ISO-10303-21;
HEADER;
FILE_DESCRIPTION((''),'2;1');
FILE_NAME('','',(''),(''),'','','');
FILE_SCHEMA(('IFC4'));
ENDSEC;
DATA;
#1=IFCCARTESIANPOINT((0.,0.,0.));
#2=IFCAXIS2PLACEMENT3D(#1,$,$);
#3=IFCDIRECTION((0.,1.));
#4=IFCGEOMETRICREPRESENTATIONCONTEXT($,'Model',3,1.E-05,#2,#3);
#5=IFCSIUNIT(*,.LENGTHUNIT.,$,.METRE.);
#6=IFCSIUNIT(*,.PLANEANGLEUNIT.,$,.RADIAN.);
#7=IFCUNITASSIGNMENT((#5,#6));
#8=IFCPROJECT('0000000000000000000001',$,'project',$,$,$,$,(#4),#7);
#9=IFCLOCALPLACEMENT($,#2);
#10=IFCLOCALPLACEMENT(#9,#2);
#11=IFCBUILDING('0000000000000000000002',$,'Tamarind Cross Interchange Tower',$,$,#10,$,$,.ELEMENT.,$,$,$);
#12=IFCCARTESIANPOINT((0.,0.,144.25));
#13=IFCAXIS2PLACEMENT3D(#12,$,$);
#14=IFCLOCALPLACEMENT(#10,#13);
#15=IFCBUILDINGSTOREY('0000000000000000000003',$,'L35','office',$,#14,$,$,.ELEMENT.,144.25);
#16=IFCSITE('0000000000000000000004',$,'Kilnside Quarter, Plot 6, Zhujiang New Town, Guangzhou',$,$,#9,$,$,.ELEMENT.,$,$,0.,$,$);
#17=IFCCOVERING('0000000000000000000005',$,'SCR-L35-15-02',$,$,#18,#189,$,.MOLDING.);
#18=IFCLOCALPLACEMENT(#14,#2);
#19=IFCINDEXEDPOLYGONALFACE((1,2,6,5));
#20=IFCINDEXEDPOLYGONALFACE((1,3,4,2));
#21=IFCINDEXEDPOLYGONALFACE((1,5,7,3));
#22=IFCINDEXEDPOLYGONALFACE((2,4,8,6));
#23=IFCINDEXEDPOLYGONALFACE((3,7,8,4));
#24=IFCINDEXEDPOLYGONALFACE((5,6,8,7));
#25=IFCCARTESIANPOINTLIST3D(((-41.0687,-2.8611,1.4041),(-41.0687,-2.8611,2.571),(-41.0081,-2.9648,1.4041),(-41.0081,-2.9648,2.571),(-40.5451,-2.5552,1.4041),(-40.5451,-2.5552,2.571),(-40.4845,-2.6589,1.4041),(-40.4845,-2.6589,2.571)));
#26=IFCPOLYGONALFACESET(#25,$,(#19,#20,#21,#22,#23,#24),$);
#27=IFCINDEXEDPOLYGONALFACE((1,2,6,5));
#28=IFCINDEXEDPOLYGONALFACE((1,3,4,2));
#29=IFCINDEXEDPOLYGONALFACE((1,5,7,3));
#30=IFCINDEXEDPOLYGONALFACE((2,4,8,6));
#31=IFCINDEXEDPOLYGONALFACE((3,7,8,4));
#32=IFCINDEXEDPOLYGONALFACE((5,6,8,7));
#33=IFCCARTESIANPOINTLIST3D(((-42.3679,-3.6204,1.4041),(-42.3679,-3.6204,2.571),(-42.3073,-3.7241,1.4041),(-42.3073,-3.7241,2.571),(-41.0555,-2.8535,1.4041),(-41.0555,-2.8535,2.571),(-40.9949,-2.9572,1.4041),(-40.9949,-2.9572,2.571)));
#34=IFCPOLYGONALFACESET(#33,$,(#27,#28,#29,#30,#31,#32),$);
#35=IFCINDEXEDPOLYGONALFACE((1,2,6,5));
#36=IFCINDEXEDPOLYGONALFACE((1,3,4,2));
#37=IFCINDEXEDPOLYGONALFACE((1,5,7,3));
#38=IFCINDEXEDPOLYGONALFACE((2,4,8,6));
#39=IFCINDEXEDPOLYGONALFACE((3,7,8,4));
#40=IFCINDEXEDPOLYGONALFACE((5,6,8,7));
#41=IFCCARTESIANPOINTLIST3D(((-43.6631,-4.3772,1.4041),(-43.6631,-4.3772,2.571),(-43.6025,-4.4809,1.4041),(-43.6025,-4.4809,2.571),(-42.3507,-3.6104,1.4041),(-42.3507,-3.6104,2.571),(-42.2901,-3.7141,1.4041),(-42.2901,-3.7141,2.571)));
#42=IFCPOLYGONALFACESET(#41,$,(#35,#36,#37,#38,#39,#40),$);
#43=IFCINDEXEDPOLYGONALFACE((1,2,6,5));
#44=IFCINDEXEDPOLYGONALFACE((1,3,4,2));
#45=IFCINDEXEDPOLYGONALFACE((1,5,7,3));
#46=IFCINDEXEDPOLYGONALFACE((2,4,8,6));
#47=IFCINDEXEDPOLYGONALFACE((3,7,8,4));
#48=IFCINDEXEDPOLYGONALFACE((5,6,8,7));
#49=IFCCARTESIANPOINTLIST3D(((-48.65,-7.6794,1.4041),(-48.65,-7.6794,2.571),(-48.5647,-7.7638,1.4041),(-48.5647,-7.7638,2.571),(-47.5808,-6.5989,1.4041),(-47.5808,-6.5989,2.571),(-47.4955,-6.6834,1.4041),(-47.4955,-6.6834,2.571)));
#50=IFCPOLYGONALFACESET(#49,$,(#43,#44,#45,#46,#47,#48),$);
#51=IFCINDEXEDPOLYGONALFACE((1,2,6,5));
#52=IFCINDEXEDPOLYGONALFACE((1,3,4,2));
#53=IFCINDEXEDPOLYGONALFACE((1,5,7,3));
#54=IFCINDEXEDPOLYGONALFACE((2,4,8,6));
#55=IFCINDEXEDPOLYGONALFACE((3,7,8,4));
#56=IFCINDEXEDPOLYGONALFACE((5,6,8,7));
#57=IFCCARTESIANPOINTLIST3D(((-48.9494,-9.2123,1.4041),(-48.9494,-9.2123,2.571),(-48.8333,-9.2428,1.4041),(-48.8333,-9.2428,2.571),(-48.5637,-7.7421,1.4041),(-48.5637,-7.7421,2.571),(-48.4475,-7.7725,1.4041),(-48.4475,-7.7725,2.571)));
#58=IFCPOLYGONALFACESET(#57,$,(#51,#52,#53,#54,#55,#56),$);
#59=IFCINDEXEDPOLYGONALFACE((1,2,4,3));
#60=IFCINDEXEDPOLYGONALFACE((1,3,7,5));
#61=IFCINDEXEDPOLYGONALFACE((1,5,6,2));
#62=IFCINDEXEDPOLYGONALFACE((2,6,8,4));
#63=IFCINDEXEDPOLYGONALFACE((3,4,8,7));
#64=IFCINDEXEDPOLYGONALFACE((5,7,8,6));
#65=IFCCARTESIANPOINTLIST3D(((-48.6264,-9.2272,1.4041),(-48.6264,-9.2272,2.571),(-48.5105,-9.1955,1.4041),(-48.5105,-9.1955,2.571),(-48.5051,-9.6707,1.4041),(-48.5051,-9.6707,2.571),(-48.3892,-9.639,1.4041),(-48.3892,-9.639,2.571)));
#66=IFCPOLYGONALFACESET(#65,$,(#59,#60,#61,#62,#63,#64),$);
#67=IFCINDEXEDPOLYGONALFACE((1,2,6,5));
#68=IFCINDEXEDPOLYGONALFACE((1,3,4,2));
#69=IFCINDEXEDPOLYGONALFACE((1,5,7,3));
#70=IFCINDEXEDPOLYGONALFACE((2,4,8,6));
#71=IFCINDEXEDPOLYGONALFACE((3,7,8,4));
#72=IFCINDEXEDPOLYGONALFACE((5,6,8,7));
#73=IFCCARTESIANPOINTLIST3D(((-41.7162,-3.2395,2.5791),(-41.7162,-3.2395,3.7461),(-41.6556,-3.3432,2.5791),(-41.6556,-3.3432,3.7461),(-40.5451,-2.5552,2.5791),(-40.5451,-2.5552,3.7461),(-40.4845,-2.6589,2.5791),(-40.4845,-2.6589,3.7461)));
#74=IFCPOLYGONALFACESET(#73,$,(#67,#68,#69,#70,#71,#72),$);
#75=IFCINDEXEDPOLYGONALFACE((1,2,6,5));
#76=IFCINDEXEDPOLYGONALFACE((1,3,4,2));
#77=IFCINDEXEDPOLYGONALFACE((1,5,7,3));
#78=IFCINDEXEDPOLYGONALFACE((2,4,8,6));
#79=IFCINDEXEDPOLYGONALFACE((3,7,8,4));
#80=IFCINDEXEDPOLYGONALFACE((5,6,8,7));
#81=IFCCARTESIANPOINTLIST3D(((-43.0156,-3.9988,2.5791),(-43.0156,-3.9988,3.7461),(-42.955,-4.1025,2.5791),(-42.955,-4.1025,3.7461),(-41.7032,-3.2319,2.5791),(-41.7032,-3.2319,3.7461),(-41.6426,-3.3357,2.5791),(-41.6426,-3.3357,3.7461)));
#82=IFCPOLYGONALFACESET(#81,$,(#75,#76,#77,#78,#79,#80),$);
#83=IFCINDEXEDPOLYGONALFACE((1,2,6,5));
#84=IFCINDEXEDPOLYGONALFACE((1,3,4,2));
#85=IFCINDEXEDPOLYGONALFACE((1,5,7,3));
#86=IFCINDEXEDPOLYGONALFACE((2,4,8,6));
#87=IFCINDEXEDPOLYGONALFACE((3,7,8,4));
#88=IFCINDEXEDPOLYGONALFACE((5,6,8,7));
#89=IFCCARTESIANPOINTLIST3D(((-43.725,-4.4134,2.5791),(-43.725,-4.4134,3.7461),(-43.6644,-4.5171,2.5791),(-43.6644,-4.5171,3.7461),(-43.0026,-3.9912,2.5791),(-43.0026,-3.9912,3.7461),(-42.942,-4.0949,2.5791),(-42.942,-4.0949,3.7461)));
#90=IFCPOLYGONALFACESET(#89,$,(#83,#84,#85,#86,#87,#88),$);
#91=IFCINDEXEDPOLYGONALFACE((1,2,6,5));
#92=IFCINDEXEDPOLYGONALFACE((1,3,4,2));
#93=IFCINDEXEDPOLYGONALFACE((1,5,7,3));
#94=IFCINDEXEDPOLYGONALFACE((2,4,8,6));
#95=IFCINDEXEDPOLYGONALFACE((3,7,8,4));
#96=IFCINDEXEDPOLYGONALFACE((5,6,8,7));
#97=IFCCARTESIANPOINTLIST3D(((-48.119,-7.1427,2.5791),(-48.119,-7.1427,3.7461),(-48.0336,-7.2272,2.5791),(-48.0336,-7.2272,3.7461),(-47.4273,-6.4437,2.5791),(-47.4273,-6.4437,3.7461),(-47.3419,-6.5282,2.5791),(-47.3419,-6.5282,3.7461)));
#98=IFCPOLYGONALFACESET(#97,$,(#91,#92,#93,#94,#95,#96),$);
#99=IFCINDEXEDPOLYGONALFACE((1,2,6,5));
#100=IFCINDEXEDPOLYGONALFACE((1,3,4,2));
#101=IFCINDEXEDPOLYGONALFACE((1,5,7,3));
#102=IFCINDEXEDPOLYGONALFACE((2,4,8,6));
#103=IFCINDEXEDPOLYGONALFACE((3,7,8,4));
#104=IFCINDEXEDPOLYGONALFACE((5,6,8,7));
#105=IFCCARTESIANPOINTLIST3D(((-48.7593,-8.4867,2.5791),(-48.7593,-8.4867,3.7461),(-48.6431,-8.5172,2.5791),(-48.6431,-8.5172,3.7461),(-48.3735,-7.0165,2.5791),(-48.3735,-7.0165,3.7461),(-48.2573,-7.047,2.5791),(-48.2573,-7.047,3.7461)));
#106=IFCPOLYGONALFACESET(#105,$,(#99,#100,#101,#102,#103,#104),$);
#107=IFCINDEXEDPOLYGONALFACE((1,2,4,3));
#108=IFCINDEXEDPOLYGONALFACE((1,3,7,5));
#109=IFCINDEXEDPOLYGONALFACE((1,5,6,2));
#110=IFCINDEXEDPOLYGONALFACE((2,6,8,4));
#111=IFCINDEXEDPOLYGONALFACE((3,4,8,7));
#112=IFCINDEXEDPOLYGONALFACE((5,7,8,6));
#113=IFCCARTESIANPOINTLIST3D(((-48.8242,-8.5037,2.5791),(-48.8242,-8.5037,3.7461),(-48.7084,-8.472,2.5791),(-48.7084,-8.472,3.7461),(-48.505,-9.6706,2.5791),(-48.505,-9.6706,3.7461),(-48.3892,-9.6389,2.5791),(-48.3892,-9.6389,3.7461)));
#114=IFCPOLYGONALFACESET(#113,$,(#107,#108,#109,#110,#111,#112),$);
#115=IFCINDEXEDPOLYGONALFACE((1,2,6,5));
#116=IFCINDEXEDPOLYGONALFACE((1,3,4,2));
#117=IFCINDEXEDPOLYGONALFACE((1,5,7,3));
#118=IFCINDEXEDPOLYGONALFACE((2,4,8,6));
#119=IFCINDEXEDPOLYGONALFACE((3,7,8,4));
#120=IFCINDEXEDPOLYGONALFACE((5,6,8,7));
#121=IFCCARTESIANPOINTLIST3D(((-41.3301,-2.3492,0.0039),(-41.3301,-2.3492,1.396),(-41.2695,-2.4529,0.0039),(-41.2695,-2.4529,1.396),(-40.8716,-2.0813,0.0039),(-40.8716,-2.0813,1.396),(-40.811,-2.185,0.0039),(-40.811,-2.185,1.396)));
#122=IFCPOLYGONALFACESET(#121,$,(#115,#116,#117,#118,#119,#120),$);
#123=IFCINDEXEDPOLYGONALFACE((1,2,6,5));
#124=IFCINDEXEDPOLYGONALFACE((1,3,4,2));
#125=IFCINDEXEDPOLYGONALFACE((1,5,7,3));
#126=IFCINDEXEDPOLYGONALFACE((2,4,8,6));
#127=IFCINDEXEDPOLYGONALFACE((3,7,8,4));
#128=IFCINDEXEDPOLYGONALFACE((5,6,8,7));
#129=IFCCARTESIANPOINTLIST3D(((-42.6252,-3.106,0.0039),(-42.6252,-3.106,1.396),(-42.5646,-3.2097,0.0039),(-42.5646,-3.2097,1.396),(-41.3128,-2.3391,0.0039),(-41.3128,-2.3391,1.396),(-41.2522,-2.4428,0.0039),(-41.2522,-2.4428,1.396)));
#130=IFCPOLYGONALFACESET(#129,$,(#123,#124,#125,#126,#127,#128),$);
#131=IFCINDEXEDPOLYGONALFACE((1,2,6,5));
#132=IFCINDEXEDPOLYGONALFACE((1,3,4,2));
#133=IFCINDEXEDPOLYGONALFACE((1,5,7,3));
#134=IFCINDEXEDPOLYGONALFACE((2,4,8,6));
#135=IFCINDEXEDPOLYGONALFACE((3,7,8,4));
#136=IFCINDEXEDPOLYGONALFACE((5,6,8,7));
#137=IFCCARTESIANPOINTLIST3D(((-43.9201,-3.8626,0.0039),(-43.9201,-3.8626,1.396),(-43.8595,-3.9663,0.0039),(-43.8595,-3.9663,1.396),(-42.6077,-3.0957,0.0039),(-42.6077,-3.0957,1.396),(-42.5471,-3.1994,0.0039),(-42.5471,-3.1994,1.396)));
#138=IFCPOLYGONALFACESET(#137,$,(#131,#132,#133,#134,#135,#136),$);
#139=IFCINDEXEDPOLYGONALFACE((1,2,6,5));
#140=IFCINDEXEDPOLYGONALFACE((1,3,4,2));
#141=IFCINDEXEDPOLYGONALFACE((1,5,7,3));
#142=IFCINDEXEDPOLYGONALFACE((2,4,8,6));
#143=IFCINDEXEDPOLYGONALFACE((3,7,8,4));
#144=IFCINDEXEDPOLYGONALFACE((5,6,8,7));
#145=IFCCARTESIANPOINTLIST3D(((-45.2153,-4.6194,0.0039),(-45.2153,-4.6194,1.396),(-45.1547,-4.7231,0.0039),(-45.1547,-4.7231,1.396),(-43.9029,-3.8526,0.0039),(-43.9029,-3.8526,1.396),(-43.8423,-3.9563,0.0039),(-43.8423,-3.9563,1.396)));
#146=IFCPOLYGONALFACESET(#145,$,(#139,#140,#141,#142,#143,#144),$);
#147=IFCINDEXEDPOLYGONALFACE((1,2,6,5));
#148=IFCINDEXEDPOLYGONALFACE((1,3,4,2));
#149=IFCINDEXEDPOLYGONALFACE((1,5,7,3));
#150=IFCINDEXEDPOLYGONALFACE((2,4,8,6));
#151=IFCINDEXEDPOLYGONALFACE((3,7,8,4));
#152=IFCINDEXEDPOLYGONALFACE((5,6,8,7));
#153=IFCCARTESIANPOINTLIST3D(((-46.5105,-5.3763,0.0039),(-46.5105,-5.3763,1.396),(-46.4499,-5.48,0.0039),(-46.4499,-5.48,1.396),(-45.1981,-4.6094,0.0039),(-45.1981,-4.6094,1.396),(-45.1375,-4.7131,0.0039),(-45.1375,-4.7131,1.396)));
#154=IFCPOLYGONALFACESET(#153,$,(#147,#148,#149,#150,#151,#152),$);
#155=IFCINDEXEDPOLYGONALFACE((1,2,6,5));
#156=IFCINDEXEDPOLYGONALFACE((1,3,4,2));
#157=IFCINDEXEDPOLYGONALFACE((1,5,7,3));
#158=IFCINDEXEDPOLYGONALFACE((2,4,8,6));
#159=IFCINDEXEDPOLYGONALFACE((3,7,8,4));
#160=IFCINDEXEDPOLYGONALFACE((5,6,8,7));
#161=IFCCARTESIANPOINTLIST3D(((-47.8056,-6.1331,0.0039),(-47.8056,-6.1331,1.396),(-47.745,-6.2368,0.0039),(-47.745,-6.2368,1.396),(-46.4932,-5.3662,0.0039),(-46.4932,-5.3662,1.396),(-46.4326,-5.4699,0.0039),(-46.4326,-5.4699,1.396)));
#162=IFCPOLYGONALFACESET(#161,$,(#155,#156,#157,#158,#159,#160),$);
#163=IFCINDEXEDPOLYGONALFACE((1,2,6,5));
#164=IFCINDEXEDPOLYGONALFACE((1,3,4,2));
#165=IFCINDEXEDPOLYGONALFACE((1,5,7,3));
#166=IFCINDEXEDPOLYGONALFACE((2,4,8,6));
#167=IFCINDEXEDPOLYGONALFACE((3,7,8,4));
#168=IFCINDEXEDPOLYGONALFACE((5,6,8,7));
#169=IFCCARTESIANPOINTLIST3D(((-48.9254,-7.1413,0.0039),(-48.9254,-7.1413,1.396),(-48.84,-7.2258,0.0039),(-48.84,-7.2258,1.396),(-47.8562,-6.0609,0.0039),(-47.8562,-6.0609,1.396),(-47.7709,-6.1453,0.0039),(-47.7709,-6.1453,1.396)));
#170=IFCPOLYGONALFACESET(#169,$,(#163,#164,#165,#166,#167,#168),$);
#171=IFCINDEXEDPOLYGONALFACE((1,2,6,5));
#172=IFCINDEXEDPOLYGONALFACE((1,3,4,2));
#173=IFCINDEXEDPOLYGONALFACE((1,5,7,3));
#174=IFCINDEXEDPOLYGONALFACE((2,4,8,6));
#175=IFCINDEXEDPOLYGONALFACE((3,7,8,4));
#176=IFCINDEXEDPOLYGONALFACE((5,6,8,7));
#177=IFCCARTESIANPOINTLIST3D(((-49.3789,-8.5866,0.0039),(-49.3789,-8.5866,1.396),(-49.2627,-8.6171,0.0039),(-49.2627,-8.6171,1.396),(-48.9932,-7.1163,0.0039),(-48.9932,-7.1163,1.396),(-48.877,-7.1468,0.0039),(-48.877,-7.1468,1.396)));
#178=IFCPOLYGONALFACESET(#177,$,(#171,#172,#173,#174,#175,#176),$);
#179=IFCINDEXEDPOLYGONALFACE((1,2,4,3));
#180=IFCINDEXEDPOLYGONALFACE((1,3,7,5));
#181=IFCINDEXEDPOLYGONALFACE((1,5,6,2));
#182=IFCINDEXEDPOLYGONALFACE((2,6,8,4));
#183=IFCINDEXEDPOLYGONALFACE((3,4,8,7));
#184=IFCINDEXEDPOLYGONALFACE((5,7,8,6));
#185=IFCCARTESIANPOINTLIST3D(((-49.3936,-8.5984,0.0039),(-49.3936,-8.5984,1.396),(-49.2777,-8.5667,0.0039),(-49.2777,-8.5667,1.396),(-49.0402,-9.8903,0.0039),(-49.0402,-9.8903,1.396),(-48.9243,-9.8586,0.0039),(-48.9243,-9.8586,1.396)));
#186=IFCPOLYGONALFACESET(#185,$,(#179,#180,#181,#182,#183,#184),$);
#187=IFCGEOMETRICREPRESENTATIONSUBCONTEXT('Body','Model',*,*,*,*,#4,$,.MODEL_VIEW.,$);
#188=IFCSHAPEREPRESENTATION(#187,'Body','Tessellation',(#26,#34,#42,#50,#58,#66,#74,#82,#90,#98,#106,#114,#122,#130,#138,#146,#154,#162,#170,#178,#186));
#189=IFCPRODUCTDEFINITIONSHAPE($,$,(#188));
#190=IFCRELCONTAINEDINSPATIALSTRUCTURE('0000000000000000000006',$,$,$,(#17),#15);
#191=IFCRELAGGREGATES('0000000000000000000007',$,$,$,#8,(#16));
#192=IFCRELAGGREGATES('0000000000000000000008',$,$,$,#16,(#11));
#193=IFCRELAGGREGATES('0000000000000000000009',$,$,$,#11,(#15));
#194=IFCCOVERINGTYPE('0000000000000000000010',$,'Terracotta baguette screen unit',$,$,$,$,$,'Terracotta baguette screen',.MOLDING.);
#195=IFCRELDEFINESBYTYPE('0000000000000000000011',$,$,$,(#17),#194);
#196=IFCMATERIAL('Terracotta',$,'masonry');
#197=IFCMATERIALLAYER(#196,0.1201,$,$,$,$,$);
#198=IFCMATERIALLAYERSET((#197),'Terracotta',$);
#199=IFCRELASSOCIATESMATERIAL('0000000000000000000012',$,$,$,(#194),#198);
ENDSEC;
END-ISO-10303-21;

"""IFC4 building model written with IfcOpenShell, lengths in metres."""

from ifc_helpers import new_model, si_unit, direction, frame, origin, origin_2d, place, context, subcontext, project, spatial, rectangle, extrude, material, layer, layer_set, type_object, element, save


model = new_model("IFC4")

# Units and contexts
model_context = context("Model", 3, precision=1e-05, world=origin(), true_north=direction((0.0, 1.0)))
body_context = subcontext(model_context, "Body", "Model", "MODEL_VIEW")
ifc_project = project(units=[si_unit("LENGTHUNIT", "METRE"), si_unit("PLANEANGLEUNIT", "RADIAN")], contexts=[model_context])

# Site, building, storey
site_placement = place(None, origin())
site = spatial("IfcSite", under=ifc_project, at=site_placement, Name="Kilnside Quarter, Plot 6, Zhujiang New Town, Guangzhou", CompositionType="ELEMENT", RefElevation=0.0)
building_placement = place(site_placement, origin())
building = spatial("IfcBuilding", under=site, at=building_placement, Name="Tamarind Cross Interchange Tower", CompositionType="ELEMENT")
storey_placement = place(building_placement, frame((0.0, 0.0, 144.25)))
storey = spatial("IfcBuildingStorey", under=building, at=storey_placement, Name="L35", Description="office", CompositionType="ELEMENT", Elevation=144.25)

# Covering
ifc_material_1 = material(Name="Terracotta", Category="masonry")
ifc_layer_1 = layer(ifc_material_1, 0.1201)
ifc_layer_set_1 = layer_set([ifc_layer_1], Name="Terracotta")
covering_type = type_object("IfcCoveringType", Name="Terracotta baguette screen unit", ElementType="Terracotta baguette screen", PredefinedType="MOLDING", material=ifc_layer_set_1)
covering_1_placement = place(storey_placement, origin())
element("IfcCovering", 1, at=covering_1_placement, inside=storey, type_object=covering_type, Name="SCR-L35-15-02", PredefinedType="MOLDING", context=body_context, shape_type="SweptSolid", body=[
    extrude(rectangle(XDim=0.6064, YDim=0.1201, at=origin_2d()), frame((-40.7766, -2.76, 1.4041), z_axis=(0.0, 0.0, 1.0), x_axis=(-0.863403, -0.504516, 0.0)), (0.0, 0.0, 1.0), 1.167),
    extrude(rectangle(XDim=1.52, YDim=0.1201, at=origin_2d()), frame((-41.6814, -3.2888, 1.4041), z_axis=(0.0, 0.0, 1.0), x_axis=(-0.863403, -0.504516, 0.0)), (0.0, 0.0, 1.0), 1.167),
    extrude(rectangle(XDim=1.52, YDim=0.1201, at=origin_2d()), frame((-42.9766, -4.0457, 1.4041), z_axis=(0.0, 0.0, 1.0), x_axis=(-0.863403, -0.504516, 0.0)), (0.0, 0.0, 1.0), 1.167),
    extrude(rectangle(XDim=1.52, YDim=0.1201, at=origin_2d()), frame((-48.0728, -7.1814, 1.4041), z_axis=(0.0, 0.0, 1.0), x_axis=(-0.703405, -0.71079, 0.0)), (0.0, 0.0, 1.0), 1.167),
    extrude(rectangle(XDim=1.52, YDim=0.1201, at=origin_2d()), frame((-48.6985, -8.4924, 1.4041), z_axis=(0.0, 0.0, 1.0), x_axis=(-0.253771, -0.967264, 0.0)), (0.0, 0.0, 1.0), 1.167),
    extrude(rectangle(XDim=0.4597, YDim=0.1201, at=origin_2d()), frame((-48.5078, -9.4331, 1.4041), z_axis=(0.0, 0.0, 1.0), x_axis=(0.26386, -0.964561, 0.0)), (0.0, 0.0, 1.0), 1.167),
    extrude(rectangle(XDim=1.3564, YDim=0.1201, at=origin_2d()), frame((-41.1003, -2.9492, 2.5791), z_axis=(0.0, 0.0, 1.0), x_axis=(-0.863403, -0.504516, 0.0)), (0.0, 0.0, 1.0), 1.167),
    extrude(rectangle(XDim=1.52, YDim=0.1201, at=origin_2d()), frame((-42.3291, -3.6672, 2.5791), z_axis=(0.0, 0.0, 1.0), x_axis=(-0.863403, -0.504516, 0.0)), (0.0, 0.0, 1.0), 1.167),
    extrude(rectangle(XDim=0.8367, YDim=0.1201, at=origin_2d()), frame((-43.3335, -4.2542, 2.5791), z_axis=(0.0, 0.0, 1.0), x_axis=(-0.863403, -0.504516, 0.0)), (0.0, 0.0, 1.0), 1.167),
    extrude(rectangle(XDim=0.9834, YDim=0.1201, at=origin_2d()), frame((-47.7305, -6.8354, 2.5791), z_axis=(0.0, 0.0, 1.0), x_axis=(-0.703405, -0.71079, 0.0)), (0.0, 0.0, 1.0), 1.167),
    extrude(rectangle(XDim=1.52, YDim=0.1201, at=origin_2d()), frame((-48.5083, -7.7668, 2.5791), z_axis=(0.0, 0.0, 1.0), x_axis=(-0.253771, -0.967264, 0.0)), (0.0, 0.0, 1.0), 1.167),
    extrude(rectangle(XDim=1.2097, YDim=0.1201, at=origin_2d()), frame((-48.6067, -9.0713, 2.5791), z_axis=(0.0, 0.0, 1.0), x_axis=(0.26386, -0.964561, 0.0)), (0.0, 0.0, 1.0), 1.167),
    extrude(rectangle(XDim=0.531, YDim=0.1201, at=origin_2d()), frame((-41.0706, -2.2671, 0.0039), z_axis=(0.0, 0.0, 1.0), x_axis=(-0.863403, -0.504516, 0.0)), (0.0, 0.0, 1.0), 1.3921),
    extrude(rectangle(XDim=1.52, YDim=0.1201, at=origin_2d()), frame((-41.9387, -2.7744, 0.0039), z_axis=(0.0, 0.0, 1.0), x_axis=(-0.863403, -0.504516, 0.0)), (0.0, 0.0, 1.0), 1.3921),
    extrude(rectangle(XDim=1.52, YDim=0.1201, at=origin_2d()), frame((-43.2336, -3.531, 0.0039), z_axis=(0.0, 0.0, 1.0), x_axis=(-0.863403, -0.504516, 0.0)), (0.0, 0.0, 1.0), 1.3921),
    extrude(rectangle(XDim=1.52, YDim=0.1201, at=origin_2d()), frame((-44.5288, -4.2878, 0.0039), z_axis=(0.0, 0.0, 1.0), x_axis=(-0.863403, -0.504516, 0.0)), (0.0, 0.0, 1.0), 1.3921),
    extrude(rectangle(XDim=1.52, YDim=0.1201, at=origin_2d()), frame((-45.824, -5.0447, 0.0039), z_axis=(0.0, 0.0, 1.0), x_axis=(-0.863403, -0.504516, 0.0)), (0.0, 0.0, 1.0), 1.3921),
    extrude(rectangle(XDim=1.52, YDim=0.1201, at=origin_2d()), frame((-47.1191, -5.8015, 0.0039), z_axis=(0.0, 0.0, 1.0), x_axis=(-0.863403, -0.504516, 0.0)), (0.0, 0.0, 1.0), 1.3921),
    extrude(rectangle(XDim=1.52, YDim=0.1201, at=origin_2d()), frame((-48.3481, -6.6433, 0.0039), z_axis=(0.0, 0.0, 1.0), x_axis=(-0.703405, -0.71079, 0.0)), (0.0, 0.0, 1.0), 1.3921),
    extrude(rectangle(XDim=1.52, YDim=0.1201, at=origin_2d()), frame((-49.1279, -7.8667, 0.0039), z_axis=(0.0, 0.0, 1.0), x_axis=(-0.253771, -0.967264, 0.0)), (0.0, 0.0, 1.0), 1.3921),
    extrude(rectangle(XDim=1.3394, YDim=0.1201, at=origin_2d()), frame((-49.1589, -9.2285, 0.0039), z_axis=(0.0, 0.0, 1.0), x_axis=(0.26386, -0.964561, 0.0)), (0.0, 0.0, 1.0), 1.3921),
])

save(model, "model.ifc")
